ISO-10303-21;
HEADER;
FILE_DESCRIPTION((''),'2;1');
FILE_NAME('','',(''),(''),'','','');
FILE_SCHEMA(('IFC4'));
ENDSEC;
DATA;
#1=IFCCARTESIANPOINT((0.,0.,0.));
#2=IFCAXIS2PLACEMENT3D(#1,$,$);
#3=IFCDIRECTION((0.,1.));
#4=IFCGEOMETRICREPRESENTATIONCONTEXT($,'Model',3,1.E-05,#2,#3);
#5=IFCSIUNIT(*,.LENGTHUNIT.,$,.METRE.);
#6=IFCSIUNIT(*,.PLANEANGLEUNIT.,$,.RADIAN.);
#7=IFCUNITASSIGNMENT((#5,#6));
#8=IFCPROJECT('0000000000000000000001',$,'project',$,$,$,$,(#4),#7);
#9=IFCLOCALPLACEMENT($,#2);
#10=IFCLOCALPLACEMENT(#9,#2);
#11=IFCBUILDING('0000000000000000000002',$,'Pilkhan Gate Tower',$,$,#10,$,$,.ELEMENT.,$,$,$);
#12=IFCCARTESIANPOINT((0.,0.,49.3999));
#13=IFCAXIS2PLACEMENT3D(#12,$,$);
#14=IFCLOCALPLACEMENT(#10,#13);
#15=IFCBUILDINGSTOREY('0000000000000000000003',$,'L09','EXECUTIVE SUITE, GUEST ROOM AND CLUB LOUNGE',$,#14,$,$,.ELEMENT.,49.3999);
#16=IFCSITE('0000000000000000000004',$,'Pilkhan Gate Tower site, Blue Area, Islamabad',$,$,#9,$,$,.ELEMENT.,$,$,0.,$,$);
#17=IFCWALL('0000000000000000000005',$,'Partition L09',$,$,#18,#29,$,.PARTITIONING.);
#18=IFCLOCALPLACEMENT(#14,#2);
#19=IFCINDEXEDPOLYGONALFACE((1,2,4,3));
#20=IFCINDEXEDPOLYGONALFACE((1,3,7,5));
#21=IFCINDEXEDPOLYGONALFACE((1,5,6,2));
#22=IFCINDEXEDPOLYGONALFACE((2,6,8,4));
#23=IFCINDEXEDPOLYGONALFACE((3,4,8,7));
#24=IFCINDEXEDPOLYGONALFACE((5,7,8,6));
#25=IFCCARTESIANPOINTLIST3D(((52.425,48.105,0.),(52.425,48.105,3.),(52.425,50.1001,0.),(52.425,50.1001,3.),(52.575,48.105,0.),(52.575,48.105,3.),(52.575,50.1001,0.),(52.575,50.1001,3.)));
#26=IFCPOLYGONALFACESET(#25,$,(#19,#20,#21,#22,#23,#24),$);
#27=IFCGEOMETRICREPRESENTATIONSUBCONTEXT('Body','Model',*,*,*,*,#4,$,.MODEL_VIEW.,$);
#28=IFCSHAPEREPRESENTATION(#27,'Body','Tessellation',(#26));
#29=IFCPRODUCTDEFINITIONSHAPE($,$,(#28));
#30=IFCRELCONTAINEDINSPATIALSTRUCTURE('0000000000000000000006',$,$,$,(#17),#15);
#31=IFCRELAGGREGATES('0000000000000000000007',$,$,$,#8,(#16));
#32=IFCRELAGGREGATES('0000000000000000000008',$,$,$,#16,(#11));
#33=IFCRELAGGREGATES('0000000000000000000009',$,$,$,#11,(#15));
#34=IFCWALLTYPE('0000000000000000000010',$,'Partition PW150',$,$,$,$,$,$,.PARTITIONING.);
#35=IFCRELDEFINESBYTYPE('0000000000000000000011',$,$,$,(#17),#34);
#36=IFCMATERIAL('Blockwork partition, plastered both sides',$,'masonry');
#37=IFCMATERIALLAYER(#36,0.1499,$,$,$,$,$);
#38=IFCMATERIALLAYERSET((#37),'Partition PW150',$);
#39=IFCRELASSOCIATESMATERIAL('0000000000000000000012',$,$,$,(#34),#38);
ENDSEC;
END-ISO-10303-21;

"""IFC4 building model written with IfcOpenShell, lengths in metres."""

from ifc_helpers import new_model, si_unit, direction, frame, frame_2d, origin, place, context, subcontext, project, spatial, rectangle, extrude, material, layer, layer_set, type_object, element, save


model = new_model("IFC4")

# Units and contexts
model_context = context("Model", 3, precision=1e-05, world=origin(), true_north=direction((0.0, 1.0)))
body_context = subcontext(model_context, "Body", "Model", "MODEL_VIEW")
ifc_project = project(units=[si_unit("LENGTHUNIT", "METRE"), si_unit("PLANEANGLEUNIT", "RADIAN")], contexts=[model_context])

# Site, building, storey
site_placement = place(None, origin())
site = spatial("IfcSite", under=ifc_project, at=site_placement, Name="Pilkhan Gate Tower site, Blue Area, Islamabad", CompositionType="ELEMENT", RefElevation=0.0)
building_placement = place(site_placement, origin())
building = spatial("IfcBuilding", under=site, at=building_placement, Name="Pilkhan Gate Tower", CompositionType="ELEMENT")
storey_placement = place(building_placement, frame((0.0, 0.0, 49.3999)))
storey = spatial("IfcBuildingStorey", under=building, at=storey_placement, Name="L09", Description="EXECUTIVE SUITE, GUEST ROOM AND CLUB LOUNGE", CompositionType="ELEMENT", Elevation=49.3999)

# Wall
ifc_material_1 = material(Name="Blockwork partition, plastered both sides", Category="masonry")
ifc_layer_1 = layer(ifc_material_1, 0.1499)
ifc_layer_set_1 = layer_set([ifc_layer_1], Name="Partition PW150")
wall_type_1 = type_object("IfcWallType", Name="Partition PW150", PredefinedType="PARTITIONING", material=ifc_layer_set_1)
wall_1_placement = place(storey_placement, frame((52.5, 48.105, 0.0), z_axis=(0.0, 0.0, 1.0), x_axis=(0.0, 1.0, 0.0)))
element("IfcWall", 1, at=wall_1_placement, inside=storey, type_object=wall_type_1, Name="Partition L09", PredefinedType="PARTITIONING", context=body_context, shape_type="SweptSolid", body=[
    extrude(rectangle(XDim=1.9951, YDim=0.1499, at=frame_2d((0.9976, 0.0))), origin(), (0.0, 0.0, 1.0), 3.0),
])

save(model, "model.ifc")
